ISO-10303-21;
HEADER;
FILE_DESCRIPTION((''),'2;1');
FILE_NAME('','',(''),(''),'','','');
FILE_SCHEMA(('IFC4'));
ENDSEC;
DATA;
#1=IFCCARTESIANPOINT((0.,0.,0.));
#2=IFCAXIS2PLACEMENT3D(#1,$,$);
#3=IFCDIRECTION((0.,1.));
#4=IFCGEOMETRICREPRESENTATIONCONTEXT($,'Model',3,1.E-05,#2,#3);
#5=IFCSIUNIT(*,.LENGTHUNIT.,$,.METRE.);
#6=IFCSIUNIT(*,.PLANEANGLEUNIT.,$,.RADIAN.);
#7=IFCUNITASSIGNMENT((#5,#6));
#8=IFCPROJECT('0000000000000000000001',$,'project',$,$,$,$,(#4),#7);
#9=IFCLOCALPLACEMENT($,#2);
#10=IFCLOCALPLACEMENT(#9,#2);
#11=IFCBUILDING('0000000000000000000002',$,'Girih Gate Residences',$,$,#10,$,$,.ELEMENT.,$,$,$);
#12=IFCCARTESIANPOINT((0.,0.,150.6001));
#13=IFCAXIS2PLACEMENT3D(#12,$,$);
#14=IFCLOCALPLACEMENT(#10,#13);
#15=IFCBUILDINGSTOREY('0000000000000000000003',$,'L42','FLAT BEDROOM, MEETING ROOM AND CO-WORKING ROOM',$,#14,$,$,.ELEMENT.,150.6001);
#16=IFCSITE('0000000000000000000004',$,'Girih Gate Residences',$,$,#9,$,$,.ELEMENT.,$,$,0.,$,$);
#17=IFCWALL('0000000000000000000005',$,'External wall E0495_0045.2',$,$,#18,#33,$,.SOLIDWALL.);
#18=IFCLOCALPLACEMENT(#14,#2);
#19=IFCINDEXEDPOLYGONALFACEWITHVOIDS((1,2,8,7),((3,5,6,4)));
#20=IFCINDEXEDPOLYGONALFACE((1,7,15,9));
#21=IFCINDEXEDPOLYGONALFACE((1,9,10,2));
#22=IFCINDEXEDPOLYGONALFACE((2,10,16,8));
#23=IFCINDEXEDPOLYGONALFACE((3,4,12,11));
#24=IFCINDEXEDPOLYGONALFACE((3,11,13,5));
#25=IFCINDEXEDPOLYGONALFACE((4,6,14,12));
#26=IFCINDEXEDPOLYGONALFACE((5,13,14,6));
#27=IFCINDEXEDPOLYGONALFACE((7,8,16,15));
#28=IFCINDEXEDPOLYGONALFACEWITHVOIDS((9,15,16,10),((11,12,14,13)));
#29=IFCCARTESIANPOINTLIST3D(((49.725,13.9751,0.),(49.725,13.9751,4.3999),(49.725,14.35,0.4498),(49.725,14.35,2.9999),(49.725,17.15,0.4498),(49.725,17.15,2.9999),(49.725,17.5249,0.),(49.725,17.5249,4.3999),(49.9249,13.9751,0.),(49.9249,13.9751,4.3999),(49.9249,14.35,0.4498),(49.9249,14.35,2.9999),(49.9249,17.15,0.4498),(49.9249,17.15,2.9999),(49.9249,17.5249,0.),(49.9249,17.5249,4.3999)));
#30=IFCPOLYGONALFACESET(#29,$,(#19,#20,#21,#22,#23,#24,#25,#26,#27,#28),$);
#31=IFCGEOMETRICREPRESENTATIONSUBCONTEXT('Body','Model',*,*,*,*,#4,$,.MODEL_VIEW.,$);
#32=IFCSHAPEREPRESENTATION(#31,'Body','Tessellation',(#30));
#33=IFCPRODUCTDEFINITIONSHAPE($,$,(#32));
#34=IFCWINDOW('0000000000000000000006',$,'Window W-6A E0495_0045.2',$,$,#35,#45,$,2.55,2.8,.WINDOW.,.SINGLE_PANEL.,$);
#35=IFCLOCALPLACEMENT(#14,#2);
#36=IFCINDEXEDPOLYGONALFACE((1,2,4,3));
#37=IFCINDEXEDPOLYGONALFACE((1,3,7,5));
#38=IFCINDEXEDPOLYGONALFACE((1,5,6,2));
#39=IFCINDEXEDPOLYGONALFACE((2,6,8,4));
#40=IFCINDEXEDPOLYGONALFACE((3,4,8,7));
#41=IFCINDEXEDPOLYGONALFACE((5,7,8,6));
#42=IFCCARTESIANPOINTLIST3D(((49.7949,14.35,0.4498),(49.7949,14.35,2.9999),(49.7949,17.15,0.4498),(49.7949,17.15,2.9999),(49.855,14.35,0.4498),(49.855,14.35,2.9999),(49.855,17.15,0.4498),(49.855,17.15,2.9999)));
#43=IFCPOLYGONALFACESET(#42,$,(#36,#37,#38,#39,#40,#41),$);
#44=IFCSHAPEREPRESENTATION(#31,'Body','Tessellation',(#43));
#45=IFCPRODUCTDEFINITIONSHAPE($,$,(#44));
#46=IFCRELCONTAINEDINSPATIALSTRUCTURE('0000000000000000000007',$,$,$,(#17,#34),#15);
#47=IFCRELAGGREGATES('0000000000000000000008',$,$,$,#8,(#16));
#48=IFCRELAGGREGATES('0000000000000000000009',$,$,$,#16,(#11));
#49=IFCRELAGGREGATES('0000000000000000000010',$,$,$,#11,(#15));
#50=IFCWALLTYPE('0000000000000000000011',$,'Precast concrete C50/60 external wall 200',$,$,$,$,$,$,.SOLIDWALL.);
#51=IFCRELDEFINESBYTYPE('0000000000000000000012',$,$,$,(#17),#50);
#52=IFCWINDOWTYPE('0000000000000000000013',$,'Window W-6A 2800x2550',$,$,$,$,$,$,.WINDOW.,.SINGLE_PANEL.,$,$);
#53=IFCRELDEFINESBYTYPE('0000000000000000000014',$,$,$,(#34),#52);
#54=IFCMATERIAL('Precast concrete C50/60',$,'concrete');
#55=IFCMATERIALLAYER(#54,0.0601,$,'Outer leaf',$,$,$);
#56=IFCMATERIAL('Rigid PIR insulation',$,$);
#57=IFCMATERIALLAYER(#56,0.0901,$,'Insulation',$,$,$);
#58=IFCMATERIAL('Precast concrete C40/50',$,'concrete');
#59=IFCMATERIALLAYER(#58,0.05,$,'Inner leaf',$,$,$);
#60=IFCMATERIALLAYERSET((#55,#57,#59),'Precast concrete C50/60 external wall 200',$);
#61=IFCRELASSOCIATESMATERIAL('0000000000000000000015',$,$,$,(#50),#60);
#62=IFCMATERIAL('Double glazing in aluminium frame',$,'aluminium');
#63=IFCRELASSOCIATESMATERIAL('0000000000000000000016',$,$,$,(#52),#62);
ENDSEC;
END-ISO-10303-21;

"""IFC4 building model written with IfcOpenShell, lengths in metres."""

from ifc_helpers import new_model, si_unit, direction, frame, frame_2d, origin, place, context, subcontext, project, spatial, rectangle, extrude, material, layer, layer_set, type_object, element, fill, save


model = new_model("IFC4")

# Units and contexts
model_context = context("Model", 3, precision=1e-05, world=origin(), true_north=direction((0.0, 1.0)))
body_context = subcontext(model_context, "Body", "Model", "MODEL_VIEW")
ifc_project = project(units=[si_unit("LENGTHUNIT", "METRE"), si_unit("PLANEANGLEUNIT", "RADIAN")], contexts=[model_context])

# Site, building, storey
site_placement = place(None, origin())
site = spatial("IfcSite", under=ifc_project, at=site_placement, Name="Girih Gate Residences", CompositionType="ELEMENT", RefElevation=0.0)
building_placement = place(site_placement, origin())
building = spatial("IfcBuilding", under=site, at=building_placement, Name="Girih Gate Residences", CompositionType="ELEMENT")
storey_placement = place(building_placement, frame((0.0, 0.0, 150.6001)))
storey = spatial("IfcBuildingStorey", under=building, at=storey_placement, Name="L42", Description="FLAT BEDROOM, MEETING ROOM AND CO-WORKING ROOM", CompositionType="ELEMENT", Elevation=150.6001)

# Wall, opening, window
ifc_material_1 = material(Name="Precast concrete C50/60", Category="concrete")
ifc_layer_1 = layer(ifc_material_1, 0.0601, Name="Outer leaf")
ifc_material_2 = material(Name="Rigid PIR insulation")
ifc_layer_2 = layer(ifc_material_2, 0.0901, Name="Insulation")
ifc_material_3 = material(Name="Precast concrete C40/50", Category="concrete")
ifc_layer_3 = layer(ifc_material_3, 0.05, Name="Inner leaf")
ifc_layer_set_1 = layer_set([ifc_layer_1, ifc_layer_2, ifc_layer_3], Name="Precast concrete C50/60 external wall 200")
wall_type_1 = type_object("IfcWallType", Name="Precast concrete C50/60 external wall 200", PredefinedType="SOLIDWALL", material=ifc_layer_set_1)
ifc_material_4 = material(Name="Double glazing in aluminium frame", Category="aluminium")
window_type = type_object("IfcWindowType", Name="Window W-6A 2800x2550", PartitioningType="SINGLE_PANEL", PredefinedType="WINDOW", material=ifc_material_4)
wall_1_placement = place(storey_placement, frame((49.825, 17.5249, 0.0), z_axis=(0.0, 0.0, 1.0), x_axis=(0.0, -1.0, 0.0)))
wall_1 = element("IfcWall", 1, at=wall_1_placement, inside=storey, type_object=wall_type_1, Name="External wall E0495_0045.2", PredefinedType="SOLIDWALL", context=body_context, shape_type="SweptSolid", body=[
    extrude(rectangle(XDim=3.5498, YDim=0.2, at=frame_2d((1.7749, 0.0))), origin(), (0.0, 0.0, 1.0), 4.3999),
])
opening_1_placement = place(wall_1_placement, frame((0.375, 0.0, 0.45)))
opening_1 = element("IfcOpeningElement", 2, at=opening_1_placement, cuts=wall_1, PredefinedType="OPENING", context=body_context, shape_type="SweptSolid", body=[
    extrude(rectangle(XDim=2.8, YDim=2.55, at=frame_2d((1.3999, 1.2749))), frame((0.0, 0.1099, 0.0), z_axis=(0.0, -1.0, 0.0), x_axis=(1.0, 0.0, 0.0)), (0.0, 0.0, 1.0), 0.22),
])
window_1_placement = place(opening_1_placement, origin())
window_1 = element("IfcWindow", 3, at=window_1_placement, inside=storey, type_object=window_type, Name="Window W-6A E0495_0045.2", OverallHeight=2.55, OverallWidth=2.8, PartitioningType="SINGLE_PANEL", PredefinedType="WINDOW", context=body_context, shape_type="SweptSolid", body=[
    extrude(rectangle(XDim=2.8, YDim=2.55, at=frame_2d((1.3999, 1.2749))), frame((0.0, 0.03, 0.0), z_axis=(0.0, -1.0, 0.0), x_axis=(1.0, 0.0, 0.0)), (0.0, 0.0, 1.0), 0.0601),
])
fill(opening_1, window_1)

save(model, "model.ifc")
